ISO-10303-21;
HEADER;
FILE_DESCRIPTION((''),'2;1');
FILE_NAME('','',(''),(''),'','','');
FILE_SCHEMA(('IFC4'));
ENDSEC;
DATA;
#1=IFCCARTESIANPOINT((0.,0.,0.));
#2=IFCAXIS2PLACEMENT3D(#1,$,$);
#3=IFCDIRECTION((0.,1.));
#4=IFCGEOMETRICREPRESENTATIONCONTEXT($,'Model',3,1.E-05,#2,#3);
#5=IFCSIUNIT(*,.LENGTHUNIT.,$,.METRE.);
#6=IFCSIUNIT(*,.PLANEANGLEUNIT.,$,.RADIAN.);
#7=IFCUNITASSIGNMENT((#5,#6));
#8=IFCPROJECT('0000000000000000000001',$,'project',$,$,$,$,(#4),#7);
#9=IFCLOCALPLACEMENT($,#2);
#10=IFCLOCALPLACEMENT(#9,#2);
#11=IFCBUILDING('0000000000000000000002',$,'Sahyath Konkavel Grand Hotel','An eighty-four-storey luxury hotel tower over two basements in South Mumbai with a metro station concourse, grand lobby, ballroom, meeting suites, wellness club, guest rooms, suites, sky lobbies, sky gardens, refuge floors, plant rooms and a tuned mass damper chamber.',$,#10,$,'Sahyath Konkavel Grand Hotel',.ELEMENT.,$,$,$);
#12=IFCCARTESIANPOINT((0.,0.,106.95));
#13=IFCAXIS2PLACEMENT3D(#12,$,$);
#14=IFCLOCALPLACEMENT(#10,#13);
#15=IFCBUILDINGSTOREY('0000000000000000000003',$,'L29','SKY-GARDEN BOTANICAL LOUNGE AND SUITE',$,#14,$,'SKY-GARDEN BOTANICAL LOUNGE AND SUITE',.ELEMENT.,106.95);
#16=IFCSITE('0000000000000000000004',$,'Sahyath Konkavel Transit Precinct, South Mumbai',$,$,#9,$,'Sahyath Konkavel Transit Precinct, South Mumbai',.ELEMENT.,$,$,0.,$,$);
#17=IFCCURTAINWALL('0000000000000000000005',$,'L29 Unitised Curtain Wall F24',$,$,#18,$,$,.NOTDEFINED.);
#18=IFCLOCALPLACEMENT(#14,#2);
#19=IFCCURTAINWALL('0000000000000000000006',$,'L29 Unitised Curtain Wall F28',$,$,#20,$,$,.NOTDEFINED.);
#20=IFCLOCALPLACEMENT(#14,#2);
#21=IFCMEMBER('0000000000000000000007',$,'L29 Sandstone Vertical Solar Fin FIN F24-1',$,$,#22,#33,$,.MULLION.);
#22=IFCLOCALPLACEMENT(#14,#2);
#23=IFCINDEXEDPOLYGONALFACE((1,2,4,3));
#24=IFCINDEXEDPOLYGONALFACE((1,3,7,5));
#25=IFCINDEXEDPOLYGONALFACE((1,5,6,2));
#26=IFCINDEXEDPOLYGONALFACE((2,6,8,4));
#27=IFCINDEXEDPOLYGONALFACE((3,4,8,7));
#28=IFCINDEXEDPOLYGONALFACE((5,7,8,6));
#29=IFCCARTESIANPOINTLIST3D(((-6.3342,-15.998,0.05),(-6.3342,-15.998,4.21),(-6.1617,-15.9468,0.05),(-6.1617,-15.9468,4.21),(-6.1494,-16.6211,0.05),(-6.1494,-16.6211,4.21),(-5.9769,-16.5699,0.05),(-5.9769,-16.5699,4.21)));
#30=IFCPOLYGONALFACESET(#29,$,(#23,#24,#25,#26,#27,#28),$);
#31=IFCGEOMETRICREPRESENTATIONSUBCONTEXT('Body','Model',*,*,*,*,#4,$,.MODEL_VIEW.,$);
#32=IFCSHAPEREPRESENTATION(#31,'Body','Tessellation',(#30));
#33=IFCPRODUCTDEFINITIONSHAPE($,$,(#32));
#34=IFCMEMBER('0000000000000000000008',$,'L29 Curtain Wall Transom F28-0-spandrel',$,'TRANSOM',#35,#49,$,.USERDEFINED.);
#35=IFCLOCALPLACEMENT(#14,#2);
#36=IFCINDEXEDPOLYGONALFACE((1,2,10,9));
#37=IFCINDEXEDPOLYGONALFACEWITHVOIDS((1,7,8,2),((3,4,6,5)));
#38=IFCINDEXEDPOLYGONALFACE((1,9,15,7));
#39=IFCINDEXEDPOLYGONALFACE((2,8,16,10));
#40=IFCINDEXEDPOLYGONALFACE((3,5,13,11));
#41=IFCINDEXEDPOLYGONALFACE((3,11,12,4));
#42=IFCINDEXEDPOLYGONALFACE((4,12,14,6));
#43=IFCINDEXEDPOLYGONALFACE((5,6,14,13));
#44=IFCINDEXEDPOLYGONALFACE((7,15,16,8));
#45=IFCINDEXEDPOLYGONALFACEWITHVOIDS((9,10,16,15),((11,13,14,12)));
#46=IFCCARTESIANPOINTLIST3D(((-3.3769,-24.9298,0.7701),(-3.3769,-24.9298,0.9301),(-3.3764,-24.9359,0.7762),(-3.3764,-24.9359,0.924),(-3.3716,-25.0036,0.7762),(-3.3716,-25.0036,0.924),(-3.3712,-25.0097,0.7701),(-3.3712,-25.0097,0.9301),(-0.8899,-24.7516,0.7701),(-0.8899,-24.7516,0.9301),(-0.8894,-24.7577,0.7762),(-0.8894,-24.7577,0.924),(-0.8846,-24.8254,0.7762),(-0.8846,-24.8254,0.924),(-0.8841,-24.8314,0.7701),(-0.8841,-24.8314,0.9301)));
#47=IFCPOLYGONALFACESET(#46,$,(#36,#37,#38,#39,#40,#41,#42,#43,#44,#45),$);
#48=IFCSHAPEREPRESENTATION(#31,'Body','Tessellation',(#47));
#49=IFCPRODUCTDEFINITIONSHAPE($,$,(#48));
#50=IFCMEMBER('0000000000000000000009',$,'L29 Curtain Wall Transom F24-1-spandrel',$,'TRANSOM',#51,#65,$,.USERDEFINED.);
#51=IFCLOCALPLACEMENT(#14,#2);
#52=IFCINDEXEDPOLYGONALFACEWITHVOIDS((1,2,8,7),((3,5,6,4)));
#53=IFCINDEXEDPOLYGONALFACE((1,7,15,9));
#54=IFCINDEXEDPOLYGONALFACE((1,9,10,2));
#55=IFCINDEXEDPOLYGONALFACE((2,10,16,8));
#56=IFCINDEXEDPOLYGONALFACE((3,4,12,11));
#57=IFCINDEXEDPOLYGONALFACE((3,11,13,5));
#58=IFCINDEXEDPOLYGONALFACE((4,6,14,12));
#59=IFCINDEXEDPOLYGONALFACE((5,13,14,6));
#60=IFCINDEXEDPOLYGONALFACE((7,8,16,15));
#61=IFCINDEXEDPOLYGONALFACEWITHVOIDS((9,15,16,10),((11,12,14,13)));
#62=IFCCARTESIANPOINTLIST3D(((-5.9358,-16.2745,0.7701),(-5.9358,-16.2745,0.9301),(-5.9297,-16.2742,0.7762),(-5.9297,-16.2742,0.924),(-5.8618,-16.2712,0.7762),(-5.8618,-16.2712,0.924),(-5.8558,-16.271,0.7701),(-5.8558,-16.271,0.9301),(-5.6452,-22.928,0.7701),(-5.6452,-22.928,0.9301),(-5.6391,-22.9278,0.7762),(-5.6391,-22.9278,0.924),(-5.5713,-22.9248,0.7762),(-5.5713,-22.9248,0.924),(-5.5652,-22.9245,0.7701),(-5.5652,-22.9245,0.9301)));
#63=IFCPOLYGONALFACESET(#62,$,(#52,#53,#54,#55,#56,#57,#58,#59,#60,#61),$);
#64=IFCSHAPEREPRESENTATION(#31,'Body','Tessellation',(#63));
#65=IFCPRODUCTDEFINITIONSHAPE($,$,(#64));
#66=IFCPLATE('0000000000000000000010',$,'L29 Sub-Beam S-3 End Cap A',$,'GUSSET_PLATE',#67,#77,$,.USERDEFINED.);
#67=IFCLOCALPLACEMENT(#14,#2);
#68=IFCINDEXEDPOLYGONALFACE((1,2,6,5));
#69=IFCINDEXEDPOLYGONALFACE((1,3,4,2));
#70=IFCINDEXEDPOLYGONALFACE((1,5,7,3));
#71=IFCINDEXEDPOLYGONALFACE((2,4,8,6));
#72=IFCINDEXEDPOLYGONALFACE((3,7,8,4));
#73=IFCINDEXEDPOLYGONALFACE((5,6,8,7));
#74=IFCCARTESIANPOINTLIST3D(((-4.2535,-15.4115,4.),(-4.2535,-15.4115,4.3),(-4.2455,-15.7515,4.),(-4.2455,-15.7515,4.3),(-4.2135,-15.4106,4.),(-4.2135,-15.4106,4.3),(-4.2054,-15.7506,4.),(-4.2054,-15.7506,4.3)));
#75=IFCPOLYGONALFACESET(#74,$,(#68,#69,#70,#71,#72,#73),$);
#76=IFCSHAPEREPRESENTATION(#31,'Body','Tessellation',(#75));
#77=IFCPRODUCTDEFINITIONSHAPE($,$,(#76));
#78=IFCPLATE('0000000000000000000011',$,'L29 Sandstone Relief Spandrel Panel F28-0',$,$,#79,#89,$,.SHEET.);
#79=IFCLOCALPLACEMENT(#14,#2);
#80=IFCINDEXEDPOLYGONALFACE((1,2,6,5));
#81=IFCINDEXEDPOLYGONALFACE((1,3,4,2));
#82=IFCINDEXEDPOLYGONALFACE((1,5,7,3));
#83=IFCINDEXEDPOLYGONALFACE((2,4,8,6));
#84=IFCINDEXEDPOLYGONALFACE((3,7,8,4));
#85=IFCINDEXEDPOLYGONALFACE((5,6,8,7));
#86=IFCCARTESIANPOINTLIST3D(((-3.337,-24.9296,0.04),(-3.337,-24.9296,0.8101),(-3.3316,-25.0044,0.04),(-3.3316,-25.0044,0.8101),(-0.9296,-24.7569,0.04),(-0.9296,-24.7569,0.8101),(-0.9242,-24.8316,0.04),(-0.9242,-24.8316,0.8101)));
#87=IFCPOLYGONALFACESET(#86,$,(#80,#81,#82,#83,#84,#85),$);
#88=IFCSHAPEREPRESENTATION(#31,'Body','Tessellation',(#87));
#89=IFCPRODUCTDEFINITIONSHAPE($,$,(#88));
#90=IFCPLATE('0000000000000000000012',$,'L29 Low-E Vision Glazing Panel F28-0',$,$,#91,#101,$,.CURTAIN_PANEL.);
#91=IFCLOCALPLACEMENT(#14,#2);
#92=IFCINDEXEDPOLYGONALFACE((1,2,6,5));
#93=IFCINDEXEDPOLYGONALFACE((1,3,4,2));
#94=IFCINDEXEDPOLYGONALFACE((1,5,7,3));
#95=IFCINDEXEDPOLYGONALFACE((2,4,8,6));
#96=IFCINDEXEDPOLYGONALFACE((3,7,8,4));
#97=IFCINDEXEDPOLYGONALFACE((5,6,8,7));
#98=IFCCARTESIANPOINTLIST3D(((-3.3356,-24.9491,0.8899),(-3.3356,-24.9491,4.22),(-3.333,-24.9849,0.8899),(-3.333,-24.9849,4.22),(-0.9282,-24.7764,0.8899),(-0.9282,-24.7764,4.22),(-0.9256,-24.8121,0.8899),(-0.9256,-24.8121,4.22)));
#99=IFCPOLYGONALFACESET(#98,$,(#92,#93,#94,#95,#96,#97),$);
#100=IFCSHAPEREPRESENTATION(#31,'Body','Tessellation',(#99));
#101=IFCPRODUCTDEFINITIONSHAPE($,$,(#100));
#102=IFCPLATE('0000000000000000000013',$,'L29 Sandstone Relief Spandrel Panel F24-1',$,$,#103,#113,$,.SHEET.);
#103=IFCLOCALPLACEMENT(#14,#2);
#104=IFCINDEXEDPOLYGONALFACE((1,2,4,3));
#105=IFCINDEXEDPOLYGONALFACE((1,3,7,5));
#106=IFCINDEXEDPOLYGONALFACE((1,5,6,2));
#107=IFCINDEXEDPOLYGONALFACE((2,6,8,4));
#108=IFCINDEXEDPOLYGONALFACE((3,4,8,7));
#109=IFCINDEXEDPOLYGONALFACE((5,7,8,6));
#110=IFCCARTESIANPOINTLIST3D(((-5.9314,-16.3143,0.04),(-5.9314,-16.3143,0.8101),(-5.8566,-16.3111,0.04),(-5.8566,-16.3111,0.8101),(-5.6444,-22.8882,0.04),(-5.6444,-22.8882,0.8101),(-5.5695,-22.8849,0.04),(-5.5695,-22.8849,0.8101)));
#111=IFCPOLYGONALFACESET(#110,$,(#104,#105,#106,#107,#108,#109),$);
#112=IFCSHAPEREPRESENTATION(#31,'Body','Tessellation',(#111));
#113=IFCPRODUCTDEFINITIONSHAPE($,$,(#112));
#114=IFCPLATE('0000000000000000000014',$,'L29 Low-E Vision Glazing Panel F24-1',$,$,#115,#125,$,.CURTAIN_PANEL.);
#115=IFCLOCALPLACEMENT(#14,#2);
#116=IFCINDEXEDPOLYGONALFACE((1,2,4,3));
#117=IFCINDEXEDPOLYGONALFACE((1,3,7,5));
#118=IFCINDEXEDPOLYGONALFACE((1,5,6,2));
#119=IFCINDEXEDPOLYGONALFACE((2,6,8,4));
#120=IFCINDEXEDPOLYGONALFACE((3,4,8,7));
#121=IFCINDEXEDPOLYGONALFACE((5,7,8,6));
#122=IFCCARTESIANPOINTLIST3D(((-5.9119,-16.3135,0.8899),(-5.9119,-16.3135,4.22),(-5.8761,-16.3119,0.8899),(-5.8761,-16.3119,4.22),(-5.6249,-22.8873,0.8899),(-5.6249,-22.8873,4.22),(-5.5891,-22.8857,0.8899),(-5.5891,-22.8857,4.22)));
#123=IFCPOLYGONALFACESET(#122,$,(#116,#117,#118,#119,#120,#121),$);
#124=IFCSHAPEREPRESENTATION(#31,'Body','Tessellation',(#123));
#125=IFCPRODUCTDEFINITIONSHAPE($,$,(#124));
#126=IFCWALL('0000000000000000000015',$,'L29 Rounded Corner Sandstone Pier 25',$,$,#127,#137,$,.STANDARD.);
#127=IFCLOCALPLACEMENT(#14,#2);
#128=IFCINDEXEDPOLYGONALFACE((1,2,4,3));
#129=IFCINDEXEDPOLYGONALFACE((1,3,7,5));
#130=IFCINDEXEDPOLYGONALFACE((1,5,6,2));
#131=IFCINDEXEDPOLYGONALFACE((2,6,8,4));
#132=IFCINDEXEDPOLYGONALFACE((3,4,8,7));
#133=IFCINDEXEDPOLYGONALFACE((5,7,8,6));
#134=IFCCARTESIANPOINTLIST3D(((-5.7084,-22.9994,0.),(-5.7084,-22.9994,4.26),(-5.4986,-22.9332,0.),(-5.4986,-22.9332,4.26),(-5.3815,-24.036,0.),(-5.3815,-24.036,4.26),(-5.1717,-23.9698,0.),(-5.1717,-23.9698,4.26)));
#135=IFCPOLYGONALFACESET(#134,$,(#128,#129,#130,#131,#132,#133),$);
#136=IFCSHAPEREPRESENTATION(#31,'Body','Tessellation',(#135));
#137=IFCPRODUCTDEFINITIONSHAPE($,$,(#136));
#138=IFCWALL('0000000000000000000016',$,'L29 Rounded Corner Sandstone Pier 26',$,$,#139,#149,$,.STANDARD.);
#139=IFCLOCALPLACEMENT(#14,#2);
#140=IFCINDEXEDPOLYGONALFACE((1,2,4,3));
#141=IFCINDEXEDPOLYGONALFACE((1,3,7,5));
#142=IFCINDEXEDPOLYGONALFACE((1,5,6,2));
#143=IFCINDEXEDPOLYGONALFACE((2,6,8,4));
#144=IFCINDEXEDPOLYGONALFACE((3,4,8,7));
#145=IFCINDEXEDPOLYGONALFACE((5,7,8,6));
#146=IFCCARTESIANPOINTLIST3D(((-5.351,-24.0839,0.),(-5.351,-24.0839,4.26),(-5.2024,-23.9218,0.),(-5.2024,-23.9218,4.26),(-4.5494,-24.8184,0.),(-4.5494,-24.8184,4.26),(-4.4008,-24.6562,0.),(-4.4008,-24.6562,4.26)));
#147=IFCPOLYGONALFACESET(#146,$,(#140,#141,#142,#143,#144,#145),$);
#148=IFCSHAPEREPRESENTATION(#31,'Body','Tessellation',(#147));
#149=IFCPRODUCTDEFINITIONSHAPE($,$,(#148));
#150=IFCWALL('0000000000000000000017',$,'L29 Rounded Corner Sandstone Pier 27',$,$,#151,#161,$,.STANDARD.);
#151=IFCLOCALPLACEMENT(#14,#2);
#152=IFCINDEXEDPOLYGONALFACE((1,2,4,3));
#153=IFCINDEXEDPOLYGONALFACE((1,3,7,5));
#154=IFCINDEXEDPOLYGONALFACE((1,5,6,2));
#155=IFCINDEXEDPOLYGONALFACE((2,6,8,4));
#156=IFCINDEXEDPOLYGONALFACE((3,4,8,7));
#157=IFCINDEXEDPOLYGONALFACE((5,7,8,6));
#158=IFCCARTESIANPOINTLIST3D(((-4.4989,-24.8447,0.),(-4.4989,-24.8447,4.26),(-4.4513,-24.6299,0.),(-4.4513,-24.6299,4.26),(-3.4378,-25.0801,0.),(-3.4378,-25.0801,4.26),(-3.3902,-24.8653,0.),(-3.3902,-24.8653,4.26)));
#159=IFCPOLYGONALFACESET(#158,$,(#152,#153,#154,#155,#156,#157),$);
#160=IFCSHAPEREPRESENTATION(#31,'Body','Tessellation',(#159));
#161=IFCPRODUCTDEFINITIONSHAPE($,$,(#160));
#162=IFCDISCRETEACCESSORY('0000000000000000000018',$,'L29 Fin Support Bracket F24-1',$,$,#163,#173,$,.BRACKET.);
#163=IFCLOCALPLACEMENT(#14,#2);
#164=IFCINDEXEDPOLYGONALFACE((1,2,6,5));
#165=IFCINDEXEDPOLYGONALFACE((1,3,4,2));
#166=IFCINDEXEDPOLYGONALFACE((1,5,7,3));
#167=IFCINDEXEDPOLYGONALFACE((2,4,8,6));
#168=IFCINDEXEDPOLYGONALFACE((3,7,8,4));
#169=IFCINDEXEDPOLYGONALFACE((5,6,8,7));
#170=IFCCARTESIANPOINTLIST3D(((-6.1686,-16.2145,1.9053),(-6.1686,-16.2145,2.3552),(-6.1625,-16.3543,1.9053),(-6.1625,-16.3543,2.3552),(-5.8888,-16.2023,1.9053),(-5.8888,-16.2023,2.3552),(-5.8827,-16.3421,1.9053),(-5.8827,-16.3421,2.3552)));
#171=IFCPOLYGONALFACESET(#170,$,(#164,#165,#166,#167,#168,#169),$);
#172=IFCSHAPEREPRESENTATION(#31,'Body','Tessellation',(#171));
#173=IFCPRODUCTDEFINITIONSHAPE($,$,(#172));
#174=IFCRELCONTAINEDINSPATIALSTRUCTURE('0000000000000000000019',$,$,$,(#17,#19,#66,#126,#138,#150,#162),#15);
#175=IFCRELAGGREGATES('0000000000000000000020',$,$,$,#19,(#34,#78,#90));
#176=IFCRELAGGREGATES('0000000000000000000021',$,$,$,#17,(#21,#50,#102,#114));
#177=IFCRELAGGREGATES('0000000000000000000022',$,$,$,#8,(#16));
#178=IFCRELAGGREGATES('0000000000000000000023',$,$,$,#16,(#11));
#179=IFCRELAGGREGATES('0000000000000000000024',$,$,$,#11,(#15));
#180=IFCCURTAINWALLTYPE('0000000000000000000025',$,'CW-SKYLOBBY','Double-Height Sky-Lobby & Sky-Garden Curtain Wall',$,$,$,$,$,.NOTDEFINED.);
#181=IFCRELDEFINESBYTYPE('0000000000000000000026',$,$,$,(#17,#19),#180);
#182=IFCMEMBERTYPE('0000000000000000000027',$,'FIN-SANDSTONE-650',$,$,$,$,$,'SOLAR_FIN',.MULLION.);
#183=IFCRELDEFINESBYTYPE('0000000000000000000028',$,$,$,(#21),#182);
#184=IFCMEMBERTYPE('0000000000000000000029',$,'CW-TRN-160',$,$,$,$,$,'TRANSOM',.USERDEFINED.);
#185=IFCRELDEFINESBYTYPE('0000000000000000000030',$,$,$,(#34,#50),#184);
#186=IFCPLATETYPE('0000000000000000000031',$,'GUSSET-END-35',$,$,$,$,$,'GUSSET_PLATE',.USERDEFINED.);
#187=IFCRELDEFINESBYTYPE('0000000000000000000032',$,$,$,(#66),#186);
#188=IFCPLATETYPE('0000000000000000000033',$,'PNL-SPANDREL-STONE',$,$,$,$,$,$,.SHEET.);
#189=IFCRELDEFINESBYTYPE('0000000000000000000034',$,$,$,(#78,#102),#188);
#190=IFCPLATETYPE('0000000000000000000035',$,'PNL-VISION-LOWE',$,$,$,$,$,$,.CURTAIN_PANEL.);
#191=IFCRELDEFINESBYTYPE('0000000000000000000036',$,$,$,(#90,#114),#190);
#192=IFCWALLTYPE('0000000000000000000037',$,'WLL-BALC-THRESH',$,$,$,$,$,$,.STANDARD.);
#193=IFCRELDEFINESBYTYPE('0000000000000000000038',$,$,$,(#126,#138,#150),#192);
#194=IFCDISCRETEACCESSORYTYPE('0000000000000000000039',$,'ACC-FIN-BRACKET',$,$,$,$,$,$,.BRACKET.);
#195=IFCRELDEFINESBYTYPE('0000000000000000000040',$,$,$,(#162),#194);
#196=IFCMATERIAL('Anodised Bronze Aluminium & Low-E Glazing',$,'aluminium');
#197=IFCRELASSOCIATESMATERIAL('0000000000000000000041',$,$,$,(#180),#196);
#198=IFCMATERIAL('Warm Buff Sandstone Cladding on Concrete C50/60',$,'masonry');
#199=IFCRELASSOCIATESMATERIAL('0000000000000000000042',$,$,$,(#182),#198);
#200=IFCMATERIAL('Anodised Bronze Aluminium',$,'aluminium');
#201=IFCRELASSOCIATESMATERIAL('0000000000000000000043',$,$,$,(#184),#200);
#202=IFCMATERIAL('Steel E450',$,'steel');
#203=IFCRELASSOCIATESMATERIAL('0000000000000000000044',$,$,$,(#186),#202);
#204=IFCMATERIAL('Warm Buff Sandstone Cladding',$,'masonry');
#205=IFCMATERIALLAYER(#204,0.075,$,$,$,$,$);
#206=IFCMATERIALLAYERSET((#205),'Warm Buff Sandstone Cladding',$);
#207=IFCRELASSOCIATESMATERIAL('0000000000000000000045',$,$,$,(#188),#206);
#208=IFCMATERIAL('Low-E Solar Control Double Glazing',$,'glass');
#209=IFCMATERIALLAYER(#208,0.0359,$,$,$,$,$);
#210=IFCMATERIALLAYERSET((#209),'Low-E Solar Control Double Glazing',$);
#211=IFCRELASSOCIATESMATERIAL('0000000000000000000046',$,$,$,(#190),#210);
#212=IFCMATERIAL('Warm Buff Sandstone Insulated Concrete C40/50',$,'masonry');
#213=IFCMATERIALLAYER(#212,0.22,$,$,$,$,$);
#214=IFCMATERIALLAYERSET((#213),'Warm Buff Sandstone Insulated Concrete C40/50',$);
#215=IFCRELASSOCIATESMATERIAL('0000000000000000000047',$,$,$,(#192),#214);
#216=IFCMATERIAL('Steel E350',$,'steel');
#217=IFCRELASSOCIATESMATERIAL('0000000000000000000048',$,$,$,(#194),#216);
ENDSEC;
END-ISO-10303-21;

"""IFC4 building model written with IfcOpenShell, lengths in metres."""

from ifc_helpers import new_model, si_unit, direction, frame, frame_2d, origin, origin_2d, place, context, subcontext, project, spatial, rectangle, hollow_rectangle, extrude, source, transform, mapped, material, layer, layer_set, material_profile, profile_set, type_object, element, aggregate, save


model = new_model("IFC4")

# Units and contexts
model_context = context("Model", 3, precision=1e-05, world=origin(), true_north=direction((0.0, 1.0)))
body_context = subcontext(model_context, "Body", "Model", "MODEL_VIEW")
ifc_project = project(units=[si_unit("LENGTHUNIT", "METRE"), si_unit("PLANEANGLEUNIT", "RADIAN")], contexts=[model_context])

# Site, building, storey
site_placement = place(None, origin())
site = spatial("IfcSite", under=ifc_project, at=site_placement, Name="Sahyath Konkavel Transit Precinct, South Mumbai", LongName="Sahyath Konkavel Transit Precinct, South Mumbai", CompositionType="ELEMENT", RefElevation=0.0)
building_placement = place(site_placement, origin())
building = spatial("IfcBuilding", under=site, at=building_placement, Name="Sahyath Konkavel Grand Hotel", Description="An eighty-four-storey luxury hotel tower over two basements in South Mumbai with a metro station concourse, grand lobby, ballroom, meeting suites, wellness club, guest rooms, suites, sky lobbies, sky gardens, refuge floors, plant rooms and a tuned mass damper chamber.", LongName="Sahyath Konkavel Grand Hotel", CompositionType="ELEMENT")
storey_placement = place(building_placement, frame((0.0, 0.0, 106.95)))
storey = spatial("IfcBuildingStorey", under=building, at=storey_placement, Name="L29", Description="SKY-GARDEN BOTANICAL LOUNGE AND SUITE", LongName="SKY-GARDEN BOTANICAL LOUNGE AND SUITE", CompositionType="ELEMENT", Elevation=106.95)

# Shared definitions
ifc_material_1 = material(Name="Steel E350", Category="steel")

# Curtain wall
ifc_material_2 = material(Name="Anodised Bronze Aluminium & Low-E Glazing", Category="aluminium")
curtain_wall_type = type_object("IfcCurtainWallType", Name="CW-SKYLOBBY", Description="Double-Height Sky-Lobby & Sky-Garden Curtain Wall", PredefinedType="NOTDEFINED", material=ifc_material_2)
curtain_wall_1_placement = place(storey_placement, origin())
curtain_wall_1 = element("IfcCurtainWall", 1, at=curtain_wall_1_placement, inside=storey, type_object=curtain_wall_type, Name="L29 Unitised Curtain Wall F24", PredefinedType="NOTDEFINED")
ifc_material_3 = material(Name="Anodised Bronze Aluminium", Category="aluminium")

# Curtain wall
curtain_wall_2_placement = place(storey_placement, origin())
curtain_wall_2 = element("IfcCurtainWall", 2, at=curtain_wall_2_placement, inside=storey, type_object=curtain_wall_type, Name="L29 Unitised Curtain Wall F28", PredefinedType="NOTDEFINED")

# Members
ifc_material_4 = material(Name="Warm Buff Sandstone Cladding on Concrete C50/60", Category="masonry")
ifc_material_profile_1 = material_profile(ifc_material_4, rectangle(XDim=0.1799, YDim=0.6499, at=origin_2d()), Name="FIN 180x650")
ifc_profile_set_1 = profile_set([ifc_material_profile_1], Name="Warm Buff Sandstone Cladding on Concrete C50/60")
member_type_1 = type_object("IfcMemberType", Name="FIN-SANDSTONE-650", ElementType="SOLAR_FIN", PredefinedType="MULLION", material=ifc_profile_set_1)
shared_shape_1 = source(origin(), body_context, "Body", "SweptSolid", [
    extrude(rectangle(XDim=0.1799, YDim=0.6499, at=origin_2d()), origin(), (0.0, 0.0, 1.0), 4.1599),
])
member_1_placement = place(storey_placement, frame((-6.1555, -16.2839, 0.05), z_axis=(0.0, 0.0, 1.0), x_axis=(0.958721, 0.28435, 0.0)))
member_1 = element("IfcMember", 3, at=member_1_placement, type_object=member_type_1, Name="L29 Sandstone Vertical Solar Fin FIN F24-1", PredefinedType="MULLION", context=body_context, shape_type="MappedRepresentation", body=[
    mapped(shared_shape_1, transform((0.0, 0.0, 0.0), scale=1.0)),
])
ifc_material_profile_2 = material_profile(ifc_material_3, hollow_rectangle(XDim=0.0801, YDim=0.1599, WallThickness=0.0061, at=origin_2d()), Name="RHS 160x80x6")
ifc_profile_set_2 = profile_set([ifc_material_profile_2], Name="Anodised Bronze Aluminium")
member_type_2 = type_object("IfcMemberType", Name="CW-TRN-160", ElementType="TRANSOM", PredefinedType="USERDEFINED", material=ifc_profile_set_2)
shared_shape_2 = source(origin(), body_context, "Body", "SweptSolid", [
    extrude(hollow_rectangle(XDim=0.0801, YDim=0.1599, WallThickness=0.0061, at=origin_2d()), origin(), (0.0, 0.0, 1.0), 2.4934),
])
member_2_placement = place(storey_placement, frame((-3.374, -24.9697, 0.8501), z_axis=(0.997442, 0.071477, 0.0), x_axis=(-0.071477, 0.997442, 0.0)))
member_2 = element("IfcMember", 4, at=member_2_placement, type_object=member_type_2, Name="L29 Curtain Wall Transom F28-0-spandrel", ObjectType="TRANSOM", PredefinedType="USERDEFINED", context=body_context, shape_type="MappedRepresentation", body=[
    mapped(shared_shape_2, transform((0.0, 0.0, 0.0), scale=1.0)),
])
shared_shape_3 = source(origin(), body_context, "Body", "SweptSolid", [
    extrude(hollow_rectangle(XDim=0.0801, YDim=0.1599, WallThickness=0.0061, at=origin_2d()), origin(), (0.0, 0.0, 1.0), 6.6599),
])
member_3_placement = place(storey_placement, frame((-5.8958, -16.2727, 0.8501), z_axis=(0.043623, -0.999048, 0.0), x_axis=(0.999048, 0.043623, 0.0)))
member_3 = element("IfcMember", 5, at=member_3_placement, type_object=member_type_2, Name="L29 Curtain Wall Transom F24-1-spandrel", ObjectType="TRANSOM", PredefinedType="USERDEFINED", context=body_context, shape_type="MappedRepresentation", body=[
    mapped(shared_shape_3, transform((0.0, 0.0, 0.0), scale=1.0)),
])

# Plates
ifc_material_5 = material(Name="Steel E450", Category="steel")
plate_type_1 = type_object("IfcPlateType", Name="GUSSET-END-35", ElementType="GUSSET_PLATE", PredefinedType="USERDEFINED", material=ifc_material_5)
shared_shape_4 = source(origin(), body_context, "Body", "SweptSolid", [
    extrude(rectangle(XDim=0.04, YDim=0.3401, at=origin_2d()), origin(), (0.0, 0.0, 1.0), 0.3),
])
plate_1_placement = place(storey_placement, frame((-4.2295, -15.5811, 4.0), z_axis=(0.0, 0.0, 1.0), x_axis=(0.999719, 0.023699, 0.0)))
element("IfcPlate", 6, at=plate_1_placement, inside=storey, type_object=plate_type_1, Name="L29 Sub-Beam S-3 End Cap A", ObjectType="GUSSET_PLATE", PredefinedType="USERDEFINED", context=body_context, shape_type="MappedRepresentation", body=[
    mapped(shared_shape_4, transform((0.0, 0.0, 0.0), scale=1.0)),
])
ifc_material_6 = material(Name="Warm Buff Sandstone Cladding", Category="masonry")
ifc_layer_1 = layer(ifc_material_6, 0.075)
ifc_layer_set_1 = layer_set([ifc_layer_1], Name="Warm Buff Sandstone Cladding")
plate_type_2 = type_object("IfcPlateType", Name="PNL-SPANDREL-STONE", PredefinedType="SHEET", material=ifc_layer_set_1)
shared_shape_5 = source(origin(), body_context, "Body", "SweptSolid", [
    extrude(rectangle(XDim=2.4136, YDim=0.075, at=origin_2d()), origin(), (0.0, 0.0, 1.0), 0.77),
])
plate_2_placement = place(storey_placement, frame((-2.1306, -24.8806, 0.04), z_axis=(0.0, 0.0, 1.0), x_axis=(0.997436, 0.071567, 0.0)))
plate_2 = element("IfcPlate", 7, at=plate_2_placement, type_object=plate_type_2, Name="L29 Sandstone Relief Spandrel Panel F28-0", PredefinedType="SHEET", context=body_context, shape_type="MappedRepresentation", body=[
    mapped(shared_shape_5, transform((0.0, 0.0, 0.0), scale=1.0)),
])
ifc_material_7 = material(Name="Low-E Solar Control Double Glazing", Category="glass")
ifc_layer_2 = layer(ifc_material_7, 0.0359)
ifc_layer_set_2 = layer_set([ifc_layer_2], Name="Low-E Solar Control Double Glazing")
plate_type_3 = type_object("IfcPlateType", Name="PNL-VISION-LOWE", PredefinedType="CURTAIN_PANEL", material=ifc_layer_set_2)
shared_shape_6 = source(origin(), body_context, "Body", "SweptSolid", [
    extrude(rectangle(XDim=2.4136, YDim=0.0359, at=origin_2d()), origin(), (0.0, 0.0, 1.0), 3.3301),
])
plate_3_placement = place(storey_placement, frame((-2.1306, -24.8806, 0.8899), z_axis=(0.0, 0.0, 1.0), x_axis=(0.997436, 0.071567, 0.0)))
plate_3 = element("IfcPlate", 8, at=plate_3_placement, type_object=plate_type_3, Name="L29 Low-E Vision Glazing Panel F28-0", PredefinedType="CURTAIN_PANEL", context=body_context, shape_type="MappedRepresentation", body=[
    mapped(shared_shape_6, transform((0.0, 0.0, 0.0), scale=1.0)),
])
aggregate(curtain_wall_2, [member_2, plate_2, plate_3])
shared_shape_7 = source(origin(), body_context, "Body", "SweptSolid", [
    extrude(rectangle(XDim=6.5801, YDim=0.075, at=origin_2d()), origin(), (0.0, 0.0, 1.0), 0.77),
])
plate_4_placement = place(storey_placement, frame((-5.7505, -19.5996, 0.04), z_axis=(0.0, 0.0, 1.0), x_axis=(0.043619, -0.999048, 0.0)))
plate_4 = element("IfcPlate", 9, at=plate_4_placement, type_object=plate_type_2, Name="L29 Sandstone Relief Spandrel Panel F24-1", PredefinedType="SHEET", context=body_context, shape_type="MappedRepresentation", body=[
    mapped(shared_shape_7, transform((0.0, 0.0, 0.0), scale=1.0)),
])
shared_shape_8 = source(origin(), body_context, "Body", "SweptSolid", [
    extrude(rectangle(XDim=6.5801, YDim=0.0359, at=origin_2d()), origin(), (0.0, 0.0, 1.0), 3.3301),
])
plate_5_placement = place(storey_placement, frame((-5.7505, -19.5996, 0.8899), z_axis=(0.0, 0.0, 1.0), x_axis=(0.043619, -0.999048, 0.0)))
plate_5 = element("IfcPlate", 10, at=plate_5_placement, type_object=plate_type_3, Name="L29 Low-E Vision Glazing Panel F24-1", PredefinedType="CURTAIN_PANEL", context=body_context, shape_type="MappedRepresentation", body=[
    mapped(shared_shape_8, transform((0.0, 0.0, 0.0), scale=1.0)),
])
aggregate(curtain_wall_1, [member_1, member_3, plate_4, plate_5])

# Walls
ifc_material_8 = material(Name="Warm Buff Sandstone Insulated Concrete C40/50", Category="masonry")
ifc_layer_3 = layer(ifc_material_8, 0.22)
ifc_layer_set_3 = layer_set([ifc_layer_3], Name="Warm Buff Sandstone Insulated Concrete C40/50")
wall_type = type_object("IfcWallType", Name="WLL-BALC-THRESH", PredefinedType="STANDARD", material=ifc_layer_set_3)
wall_1_placement = place(storey_placement, frame((-5.6035, -22.9663, 0.0), z_axis=(0.0, 0.0, 1.0), x_axis=(0.300755, -0.953701, 0.0)))
element("IfcWall", 11, at=wall_1_placement, inside=storey, type_object=wall_type, Name="L29 Rounded Corner Sandstone Pier 25", PredefinedType="STANDARD", context=body_context, shape_type="SweptSolid", body=[
    extrude(rectangle(XDim=1.0869, YDim=0.22, at=frame_2d((0.5435, 0.0))), origin(), (0.0, 0.0, 1.0), 4.26),
])
wall_2_placement = place(storey_placement, frame((-5.2766, -24.0029, 0.0), z_axis=(0.0, 0.0, 1.0), x_axis=(0.737313, -0.675552, 0.0)))
element("IfcWall", 12, at=wall_2_placement, inside=storey, type_object=wall_type, Name="L29 Rounded Corner Sandstone Pier 26", PredefinedType="STANDARD", context=body_context, shape_type="SweptSolid", body=[
    extrude(rectangle(XDim=1.0872, YDim=0.22, at=frame_2d((0.5435, 0.0))), origin(), (0.0, 0.0, 1.0), 4.26),
])
wall_3_placement = place(storey_placement, frame((-4.4751, -24.7373, 0.0), z_axis=(0.0, 0.0, 1.0), x_axis=(0.976272, -0.21655, 0.0)))
element("IfcWall", 13, at=wall_3_placement, inside=storey, type_object=wall_type, Name="L29 Rounded Corner Sandstone Pier 27", PredefinedType="STANDARD", context=body_context, shape_type="SweptSolid", body=[
    extrude(rectangle(XDim=1.0869, YDim=0.22, at=frame_2d((0.5435, 0.0))), origin(), (0.0, 0.0, 1.0), 4.26),
])

# Discrete accessory
discrete_accessory_type = type_object("IfcDiscreteAccessoryType", Name="ACC-FIN-BRACKET", PredefinedType="BRACKET", material=ifc_material_1)
shared_shape_9 = source(origin(), body_context, "Body", "SweptSolid", [
    extrude(rectangle(XDim=0.28, YDim=0.1399, at=origin_2d()), origin(), (0.0, 0.0, 1.0), 0.45),
])
discrete_accessory_placement = place(storey_placement, frame((-6.0256, -16.2783, 1.9053), z_axis=(0.0, 0.0, 1.0), x_axis=(-0.999048, -0.043619, 0.0)))
element("IfcDiscreteAccessory", 14, at=discrete_accessory_placement, inside=storey, type_object=discrete_accessory_type, Name="L29 Fin Support Bracket F24-1", PredefinedType="BRACKET", context=body_context, shape_type="MappedRepresentation", body=[
    mapped(shared_shape_9, transform((0.0, 0.0, 0.0), scale=1.0)),
])

save(model, "model.ifc")
